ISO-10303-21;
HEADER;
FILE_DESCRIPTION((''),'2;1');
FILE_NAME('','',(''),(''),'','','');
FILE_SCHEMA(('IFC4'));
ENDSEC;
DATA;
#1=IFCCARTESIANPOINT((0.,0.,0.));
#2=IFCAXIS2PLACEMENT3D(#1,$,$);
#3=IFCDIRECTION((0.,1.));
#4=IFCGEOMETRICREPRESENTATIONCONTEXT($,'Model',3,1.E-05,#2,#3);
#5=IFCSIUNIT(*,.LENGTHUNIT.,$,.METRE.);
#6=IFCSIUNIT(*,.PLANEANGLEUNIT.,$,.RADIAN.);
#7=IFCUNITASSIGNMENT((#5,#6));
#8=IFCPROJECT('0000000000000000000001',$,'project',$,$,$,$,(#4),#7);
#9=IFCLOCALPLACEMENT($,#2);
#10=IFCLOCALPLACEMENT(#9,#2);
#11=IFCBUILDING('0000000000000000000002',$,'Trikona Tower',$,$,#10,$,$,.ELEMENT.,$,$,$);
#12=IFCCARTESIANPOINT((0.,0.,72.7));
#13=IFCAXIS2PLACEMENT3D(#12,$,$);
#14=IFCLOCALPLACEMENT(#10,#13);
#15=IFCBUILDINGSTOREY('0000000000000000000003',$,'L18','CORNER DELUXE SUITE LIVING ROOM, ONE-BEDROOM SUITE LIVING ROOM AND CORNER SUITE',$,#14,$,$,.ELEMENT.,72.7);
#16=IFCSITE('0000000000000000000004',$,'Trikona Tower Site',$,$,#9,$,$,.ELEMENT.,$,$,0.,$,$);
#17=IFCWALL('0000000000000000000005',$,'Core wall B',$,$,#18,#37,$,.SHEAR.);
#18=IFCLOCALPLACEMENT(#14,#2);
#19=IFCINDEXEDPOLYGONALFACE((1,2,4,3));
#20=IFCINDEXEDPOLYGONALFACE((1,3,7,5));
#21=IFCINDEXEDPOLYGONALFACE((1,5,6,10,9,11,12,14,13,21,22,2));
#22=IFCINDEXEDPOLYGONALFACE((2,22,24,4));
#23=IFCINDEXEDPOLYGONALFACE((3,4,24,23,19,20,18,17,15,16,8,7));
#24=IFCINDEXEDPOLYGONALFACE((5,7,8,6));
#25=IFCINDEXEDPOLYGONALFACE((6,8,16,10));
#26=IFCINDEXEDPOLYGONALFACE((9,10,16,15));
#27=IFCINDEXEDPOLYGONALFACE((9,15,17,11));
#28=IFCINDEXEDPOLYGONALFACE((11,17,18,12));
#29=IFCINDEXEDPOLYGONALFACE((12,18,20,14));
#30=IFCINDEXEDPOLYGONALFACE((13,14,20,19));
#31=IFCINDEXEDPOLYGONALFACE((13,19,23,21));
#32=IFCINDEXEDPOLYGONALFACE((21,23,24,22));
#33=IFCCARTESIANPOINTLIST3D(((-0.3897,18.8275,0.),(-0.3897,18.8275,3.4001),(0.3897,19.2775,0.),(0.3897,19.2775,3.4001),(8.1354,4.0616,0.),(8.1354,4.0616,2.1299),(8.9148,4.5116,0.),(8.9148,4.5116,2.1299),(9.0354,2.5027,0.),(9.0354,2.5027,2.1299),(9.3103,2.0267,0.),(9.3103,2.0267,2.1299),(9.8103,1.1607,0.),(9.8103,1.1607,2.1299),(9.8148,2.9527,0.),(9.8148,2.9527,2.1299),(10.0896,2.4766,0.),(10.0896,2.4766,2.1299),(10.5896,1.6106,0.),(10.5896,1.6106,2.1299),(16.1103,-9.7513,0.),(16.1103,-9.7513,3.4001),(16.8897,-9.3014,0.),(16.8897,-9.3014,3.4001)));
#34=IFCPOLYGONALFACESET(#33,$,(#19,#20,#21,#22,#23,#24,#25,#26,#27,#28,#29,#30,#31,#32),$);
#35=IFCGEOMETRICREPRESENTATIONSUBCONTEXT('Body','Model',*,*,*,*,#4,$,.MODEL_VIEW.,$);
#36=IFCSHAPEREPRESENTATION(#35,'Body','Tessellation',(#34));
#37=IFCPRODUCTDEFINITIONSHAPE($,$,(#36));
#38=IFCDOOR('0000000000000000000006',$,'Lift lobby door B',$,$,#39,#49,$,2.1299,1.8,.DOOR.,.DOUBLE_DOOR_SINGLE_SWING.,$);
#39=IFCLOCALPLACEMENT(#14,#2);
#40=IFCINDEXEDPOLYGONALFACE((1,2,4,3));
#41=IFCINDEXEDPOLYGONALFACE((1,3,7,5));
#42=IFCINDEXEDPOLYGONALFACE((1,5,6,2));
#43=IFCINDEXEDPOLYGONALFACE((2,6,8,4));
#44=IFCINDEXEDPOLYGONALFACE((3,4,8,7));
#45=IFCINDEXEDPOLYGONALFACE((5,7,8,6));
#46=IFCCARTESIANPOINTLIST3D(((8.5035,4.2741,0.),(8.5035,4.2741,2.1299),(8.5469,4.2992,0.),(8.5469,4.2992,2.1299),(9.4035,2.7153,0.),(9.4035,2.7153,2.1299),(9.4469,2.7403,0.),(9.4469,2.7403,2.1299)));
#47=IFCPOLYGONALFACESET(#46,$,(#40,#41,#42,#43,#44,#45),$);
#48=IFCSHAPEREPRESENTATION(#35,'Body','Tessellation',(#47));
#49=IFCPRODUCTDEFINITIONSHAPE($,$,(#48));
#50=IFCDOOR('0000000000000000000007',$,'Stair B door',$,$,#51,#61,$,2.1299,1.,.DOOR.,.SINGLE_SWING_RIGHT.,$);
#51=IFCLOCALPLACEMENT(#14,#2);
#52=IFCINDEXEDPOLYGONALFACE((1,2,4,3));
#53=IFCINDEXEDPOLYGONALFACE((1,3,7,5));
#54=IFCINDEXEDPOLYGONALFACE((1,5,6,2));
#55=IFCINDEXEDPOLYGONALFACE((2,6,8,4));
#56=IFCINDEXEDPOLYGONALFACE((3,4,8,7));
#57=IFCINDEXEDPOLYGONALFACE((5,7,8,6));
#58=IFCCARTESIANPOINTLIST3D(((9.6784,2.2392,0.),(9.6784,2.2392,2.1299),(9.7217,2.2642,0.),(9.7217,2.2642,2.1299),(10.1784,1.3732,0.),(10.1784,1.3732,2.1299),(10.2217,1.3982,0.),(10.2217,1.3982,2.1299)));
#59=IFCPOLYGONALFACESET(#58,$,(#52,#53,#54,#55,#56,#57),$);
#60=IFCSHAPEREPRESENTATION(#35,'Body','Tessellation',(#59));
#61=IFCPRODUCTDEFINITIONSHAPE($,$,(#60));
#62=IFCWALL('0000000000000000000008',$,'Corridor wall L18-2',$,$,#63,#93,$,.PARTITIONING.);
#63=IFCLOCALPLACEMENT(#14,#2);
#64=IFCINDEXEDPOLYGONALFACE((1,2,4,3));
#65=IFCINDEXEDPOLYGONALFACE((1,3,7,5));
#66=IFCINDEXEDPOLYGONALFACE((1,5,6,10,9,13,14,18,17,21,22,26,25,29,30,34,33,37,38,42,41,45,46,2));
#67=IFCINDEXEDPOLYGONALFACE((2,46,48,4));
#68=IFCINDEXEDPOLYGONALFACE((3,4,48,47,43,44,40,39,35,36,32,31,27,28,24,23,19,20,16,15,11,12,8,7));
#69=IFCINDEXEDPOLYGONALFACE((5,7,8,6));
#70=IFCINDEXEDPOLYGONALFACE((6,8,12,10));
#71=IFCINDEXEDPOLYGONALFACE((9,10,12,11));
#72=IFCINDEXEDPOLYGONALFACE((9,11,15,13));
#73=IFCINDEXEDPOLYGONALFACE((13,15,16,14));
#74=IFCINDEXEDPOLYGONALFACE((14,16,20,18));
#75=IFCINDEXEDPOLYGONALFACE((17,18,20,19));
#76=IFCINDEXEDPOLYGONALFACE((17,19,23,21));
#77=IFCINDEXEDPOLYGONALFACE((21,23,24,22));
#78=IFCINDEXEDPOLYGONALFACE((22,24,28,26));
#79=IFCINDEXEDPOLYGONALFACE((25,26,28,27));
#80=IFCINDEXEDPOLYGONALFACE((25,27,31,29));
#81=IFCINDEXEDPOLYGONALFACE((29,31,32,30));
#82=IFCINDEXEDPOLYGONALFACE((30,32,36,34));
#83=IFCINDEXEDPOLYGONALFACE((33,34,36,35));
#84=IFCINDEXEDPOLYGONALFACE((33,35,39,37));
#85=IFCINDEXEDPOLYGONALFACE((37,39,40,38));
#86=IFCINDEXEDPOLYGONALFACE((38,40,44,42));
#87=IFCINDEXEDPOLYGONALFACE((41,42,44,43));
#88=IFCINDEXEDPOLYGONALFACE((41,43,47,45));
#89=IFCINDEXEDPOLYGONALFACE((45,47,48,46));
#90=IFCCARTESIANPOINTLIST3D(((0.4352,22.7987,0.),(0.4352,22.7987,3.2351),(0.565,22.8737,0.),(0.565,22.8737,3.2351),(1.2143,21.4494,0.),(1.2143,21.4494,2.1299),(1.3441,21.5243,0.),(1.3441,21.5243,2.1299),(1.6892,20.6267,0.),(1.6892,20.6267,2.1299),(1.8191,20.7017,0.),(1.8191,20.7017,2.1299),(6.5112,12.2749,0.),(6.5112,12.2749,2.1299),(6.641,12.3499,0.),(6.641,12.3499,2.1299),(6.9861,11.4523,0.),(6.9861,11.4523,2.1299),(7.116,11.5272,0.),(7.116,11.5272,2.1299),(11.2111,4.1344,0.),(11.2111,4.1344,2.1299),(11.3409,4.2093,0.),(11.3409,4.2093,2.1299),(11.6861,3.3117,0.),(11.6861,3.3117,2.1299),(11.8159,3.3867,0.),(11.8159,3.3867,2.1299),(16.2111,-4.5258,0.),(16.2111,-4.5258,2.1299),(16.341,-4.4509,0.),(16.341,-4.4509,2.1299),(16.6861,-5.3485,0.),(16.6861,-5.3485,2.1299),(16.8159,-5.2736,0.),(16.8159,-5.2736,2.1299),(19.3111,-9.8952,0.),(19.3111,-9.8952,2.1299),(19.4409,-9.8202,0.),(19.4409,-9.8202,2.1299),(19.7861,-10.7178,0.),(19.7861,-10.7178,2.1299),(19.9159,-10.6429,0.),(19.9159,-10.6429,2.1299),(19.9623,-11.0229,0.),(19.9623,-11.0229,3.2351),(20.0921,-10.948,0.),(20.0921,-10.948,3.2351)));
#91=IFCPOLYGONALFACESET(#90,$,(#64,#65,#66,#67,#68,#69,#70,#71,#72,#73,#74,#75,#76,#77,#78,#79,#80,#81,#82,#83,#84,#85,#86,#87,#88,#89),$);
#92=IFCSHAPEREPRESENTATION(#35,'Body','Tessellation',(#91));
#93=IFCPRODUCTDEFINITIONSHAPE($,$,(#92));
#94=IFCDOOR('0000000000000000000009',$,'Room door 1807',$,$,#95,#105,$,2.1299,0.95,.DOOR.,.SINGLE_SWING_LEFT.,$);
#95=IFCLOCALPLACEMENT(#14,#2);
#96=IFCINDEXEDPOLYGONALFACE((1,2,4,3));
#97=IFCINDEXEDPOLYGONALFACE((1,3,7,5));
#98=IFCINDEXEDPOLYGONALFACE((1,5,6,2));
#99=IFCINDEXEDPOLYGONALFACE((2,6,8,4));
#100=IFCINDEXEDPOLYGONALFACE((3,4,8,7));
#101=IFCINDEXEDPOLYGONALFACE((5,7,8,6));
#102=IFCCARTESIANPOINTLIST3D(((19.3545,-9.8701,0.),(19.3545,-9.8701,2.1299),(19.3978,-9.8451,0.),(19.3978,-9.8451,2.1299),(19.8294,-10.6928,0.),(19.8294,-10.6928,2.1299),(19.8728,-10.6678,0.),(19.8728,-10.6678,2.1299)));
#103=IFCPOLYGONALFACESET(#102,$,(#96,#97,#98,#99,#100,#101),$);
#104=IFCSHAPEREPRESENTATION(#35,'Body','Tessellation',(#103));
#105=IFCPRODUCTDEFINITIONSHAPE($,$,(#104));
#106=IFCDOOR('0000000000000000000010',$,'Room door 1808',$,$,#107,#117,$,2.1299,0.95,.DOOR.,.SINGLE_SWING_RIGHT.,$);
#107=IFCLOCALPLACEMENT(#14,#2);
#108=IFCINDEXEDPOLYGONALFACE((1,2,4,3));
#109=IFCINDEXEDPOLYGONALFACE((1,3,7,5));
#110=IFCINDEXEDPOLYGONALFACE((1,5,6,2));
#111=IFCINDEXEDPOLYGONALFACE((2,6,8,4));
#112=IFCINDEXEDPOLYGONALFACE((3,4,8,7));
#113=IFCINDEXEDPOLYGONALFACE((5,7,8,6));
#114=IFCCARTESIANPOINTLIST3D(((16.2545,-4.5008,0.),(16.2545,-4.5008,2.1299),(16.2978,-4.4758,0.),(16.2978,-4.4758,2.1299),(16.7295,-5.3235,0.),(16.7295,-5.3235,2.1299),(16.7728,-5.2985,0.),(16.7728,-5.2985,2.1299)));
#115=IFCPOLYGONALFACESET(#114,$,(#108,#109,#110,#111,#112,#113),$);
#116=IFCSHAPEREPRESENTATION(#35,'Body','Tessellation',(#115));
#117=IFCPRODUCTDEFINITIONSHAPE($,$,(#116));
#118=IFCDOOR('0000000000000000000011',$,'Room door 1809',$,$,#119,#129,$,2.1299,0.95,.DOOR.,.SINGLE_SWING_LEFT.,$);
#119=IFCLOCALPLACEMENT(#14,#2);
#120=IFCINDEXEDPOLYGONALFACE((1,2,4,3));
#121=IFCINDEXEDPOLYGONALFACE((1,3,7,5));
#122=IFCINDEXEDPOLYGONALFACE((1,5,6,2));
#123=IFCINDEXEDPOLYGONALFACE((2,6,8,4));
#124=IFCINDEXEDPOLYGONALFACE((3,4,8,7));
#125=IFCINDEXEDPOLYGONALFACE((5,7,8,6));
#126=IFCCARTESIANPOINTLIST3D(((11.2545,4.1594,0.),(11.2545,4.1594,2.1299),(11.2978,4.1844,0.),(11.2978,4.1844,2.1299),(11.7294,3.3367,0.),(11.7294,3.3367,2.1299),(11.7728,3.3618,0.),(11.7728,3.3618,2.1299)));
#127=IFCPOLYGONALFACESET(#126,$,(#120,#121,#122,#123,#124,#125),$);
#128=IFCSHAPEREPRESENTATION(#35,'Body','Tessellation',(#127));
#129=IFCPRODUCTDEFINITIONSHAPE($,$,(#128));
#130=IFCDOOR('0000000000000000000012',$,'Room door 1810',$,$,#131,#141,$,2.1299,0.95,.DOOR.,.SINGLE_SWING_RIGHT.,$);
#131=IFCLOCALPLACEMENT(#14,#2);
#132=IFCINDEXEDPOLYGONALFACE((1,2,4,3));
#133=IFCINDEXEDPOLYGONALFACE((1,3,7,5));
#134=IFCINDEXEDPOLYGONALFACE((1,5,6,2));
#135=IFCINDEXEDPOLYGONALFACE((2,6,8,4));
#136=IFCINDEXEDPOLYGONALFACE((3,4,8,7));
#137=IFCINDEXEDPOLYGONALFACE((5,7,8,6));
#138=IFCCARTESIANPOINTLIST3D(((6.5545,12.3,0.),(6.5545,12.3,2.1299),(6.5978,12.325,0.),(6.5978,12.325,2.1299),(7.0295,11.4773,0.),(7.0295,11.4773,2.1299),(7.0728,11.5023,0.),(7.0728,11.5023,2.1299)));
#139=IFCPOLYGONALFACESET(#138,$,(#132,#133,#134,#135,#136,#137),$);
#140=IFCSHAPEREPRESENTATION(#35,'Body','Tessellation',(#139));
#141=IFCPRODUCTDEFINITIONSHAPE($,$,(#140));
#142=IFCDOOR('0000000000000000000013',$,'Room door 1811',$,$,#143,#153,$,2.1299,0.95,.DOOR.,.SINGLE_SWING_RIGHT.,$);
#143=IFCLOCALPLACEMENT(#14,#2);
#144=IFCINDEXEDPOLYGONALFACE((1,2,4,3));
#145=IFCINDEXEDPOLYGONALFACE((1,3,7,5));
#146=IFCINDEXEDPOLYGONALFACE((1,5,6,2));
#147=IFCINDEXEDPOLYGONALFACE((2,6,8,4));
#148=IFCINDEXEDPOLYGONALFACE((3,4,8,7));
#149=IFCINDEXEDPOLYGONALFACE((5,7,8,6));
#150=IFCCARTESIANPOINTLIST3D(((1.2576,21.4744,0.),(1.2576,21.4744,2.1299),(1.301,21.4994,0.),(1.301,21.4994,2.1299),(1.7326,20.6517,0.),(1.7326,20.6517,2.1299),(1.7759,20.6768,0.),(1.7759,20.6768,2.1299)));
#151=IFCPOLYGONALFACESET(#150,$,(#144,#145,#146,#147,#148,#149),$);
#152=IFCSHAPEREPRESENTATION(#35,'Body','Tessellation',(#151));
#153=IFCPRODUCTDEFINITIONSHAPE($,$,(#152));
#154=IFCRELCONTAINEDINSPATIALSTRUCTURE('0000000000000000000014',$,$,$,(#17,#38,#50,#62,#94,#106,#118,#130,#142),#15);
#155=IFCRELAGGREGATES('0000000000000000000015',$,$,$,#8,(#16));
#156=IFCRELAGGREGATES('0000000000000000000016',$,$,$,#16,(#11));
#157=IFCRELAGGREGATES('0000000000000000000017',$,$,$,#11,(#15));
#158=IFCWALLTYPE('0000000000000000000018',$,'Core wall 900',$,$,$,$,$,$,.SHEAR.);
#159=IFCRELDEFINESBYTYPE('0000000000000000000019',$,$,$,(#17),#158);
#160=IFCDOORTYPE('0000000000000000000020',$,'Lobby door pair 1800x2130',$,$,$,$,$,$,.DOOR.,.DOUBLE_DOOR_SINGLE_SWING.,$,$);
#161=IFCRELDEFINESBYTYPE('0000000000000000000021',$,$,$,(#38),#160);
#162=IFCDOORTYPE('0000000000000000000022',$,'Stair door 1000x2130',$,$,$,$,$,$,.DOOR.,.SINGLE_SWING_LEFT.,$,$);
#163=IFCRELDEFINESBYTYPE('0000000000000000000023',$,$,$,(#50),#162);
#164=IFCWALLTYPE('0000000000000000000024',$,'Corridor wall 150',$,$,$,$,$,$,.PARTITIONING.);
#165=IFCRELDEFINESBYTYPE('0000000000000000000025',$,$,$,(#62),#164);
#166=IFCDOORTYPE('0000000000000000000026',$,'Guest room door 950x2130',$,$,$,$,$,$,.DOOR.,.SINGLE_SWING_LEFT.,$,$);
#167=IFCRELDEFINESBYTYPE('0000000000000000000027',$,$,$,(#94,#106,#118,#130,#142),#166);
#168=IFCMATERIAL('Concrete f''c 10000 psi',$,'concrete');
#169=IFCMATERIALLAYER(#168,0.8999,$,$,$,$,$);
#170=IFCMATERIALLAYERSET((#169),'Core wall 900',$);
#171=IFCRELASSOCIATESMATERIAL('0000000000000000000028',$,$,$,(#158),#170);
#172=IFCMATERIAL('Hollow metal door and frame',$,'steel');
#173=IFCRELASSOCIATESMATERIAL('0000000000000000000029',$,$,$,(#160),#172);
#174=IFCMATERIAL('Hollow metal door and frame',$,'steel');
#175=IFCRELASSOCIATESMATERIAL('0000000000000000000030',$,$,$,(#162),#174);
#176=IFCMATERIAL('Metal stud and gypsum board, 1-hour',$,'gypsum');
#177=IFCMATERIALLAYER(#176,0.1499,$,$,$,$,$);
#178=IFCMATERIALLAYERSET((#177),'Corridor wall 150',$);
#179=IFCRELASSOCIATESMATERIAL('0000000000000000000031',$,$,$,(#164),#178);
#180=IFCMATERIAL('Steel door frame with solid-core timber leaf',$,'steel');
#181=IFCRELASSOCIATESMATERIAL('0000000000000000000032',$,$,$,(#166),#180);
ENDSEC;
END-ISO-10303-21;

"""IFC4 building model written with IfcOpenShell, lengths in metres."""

from ifc_helpers import new_model, si_unit, direction, frame, frame_2d, origin, place, context, subcontext, project, spatial, rectangle, extrude, material, layer, layer_set, type_object, element, fill, save


model = new_model("IFC4")

# Units and contexts
model_context = context("Model", 3, precision=1e-05, world=origin(), true_north=direction((0.0, 1.0)))
body_context = subcontext(model_context, "Body", "Model", "MODEL_VIEW")
ifc_project = project(units=[si_unit("LENGTHUNIT", "METRE"), si_unit("PLANEANGLEUNIT", "RADIAN")], contexts=[model_context])

# Site, building, storey
site_placement = place(None, origin())
site = spatial("IfcSite", under=ifc_project, at=site_placement, Name="Trikona Tower Site", CompositionType="ELEMENT", RefElevation=0.0)
building_placement = place(site_placement, origin())
building = spatial("IfcBuilding", under=site, at=building_placement, Name="Trikona Tower", CompositionType="ELEMENT")
storey_placement = place(building_placement, frame((0.0, 0.0, 72.7)))
storey = spatial("IfcBuildingStorey", under=building, at=storey_placement, Name="L18", Description="CORNER DELUXE SUITE LIVING ROOM, ONE-BEDROOM SUITE LIVING ROOM AND CORNER SUITE", CompositionType="ELEMENT", Elevation=72.7)

# Walls, openings, doors
ifc_material_1 = material(Name="Concrete f'c 10000 psi", Category="concrete")
ifc_layer_1 = layer(ifc_material_1, 0.8999)
ifc_layer_set_1 = layer_set([ifc_layer_1], Name="Core wall 900")
wall_type_1 = type_object("IfcWallType", Name="Core wall 900", PredefinedType="SHEAR", material=ifc_layer_set_1)
wall_1_placement = place(storey_placement, frame((16.5, -9.5264, 0.0), z_axis=(0.0, 0.0, 1.0), x_axis=(-0.5, 0.866026, 0.0)))
wall_1 = element("IfcWall", 1, at=wall_1_placement, inside=storey, type_object=wall_type_1, Name="Core wall B", PredefinedType="SHEAR", context=body_context, shape_type="SweptSolid", body=[
    extrude(rectangle(XDim=33.0, YDim=0.8999, at=frame_2d((16.5, 0.0))), origin(), (0.0, 0.0, 1.0), 3.4001),
])
opening_1_placement = place(wall_1_placement, frame((14.1499, 0.0, 0.0)))
opening_1 = element("IfcOpeningElement", 2, at=opening_1_placement, cuts=wall_1, PredefinedType="OPENING", context=body_context, shape_type="SweptSolid", body=[
    extrude(rectangle(XDim=1.8, YDim=2.1299, at=frame_2d((0.8999, 1.0649))), frame((0.0, 0.46, 0.0), z_axis=(0.0, -1.0, 0.0), x_axis=(1.0, 0.0, 0.0)), (0.0, 0.0, 1.0), 0.9199),
])
opening_2_placement = place(wall_1_placement, frame((12.6001, 0.0, 0.0)))
opening_2 = element("IfcOpeningElement", 3, at=opening_2_placement, cuts=wall_1, PredefinedType="OPENING", context=body_context, shape_type="SweptSolid", body=[
    extrude(rectangle(XDim=1.0, YDim=2.1299, at=frame_2d((0.5, 1.0649))), frame((0.0, 0.46, 0.0), z_axis=(0.0, -1.0, 0.0), x_axis=(1.0, 0.0, 0.0)), (0.0, 0.0, 1.0), 0.9199),
])
ifc_material_2 = material(Name="Hollow metal door and frame", Category="steel")
door_type_1 = type_object("IfcDoorType", Name="Lobby door pair 1800x2130", OperationType="DOUBLE_DOOR_SINGLE_SWING", PredefinedType="DOOR", material=ifc_material_2)
door_1_placement = place(opening_1_placement, origin())
door_1 = element("IfcDoor", 4, at=door_1_placement, inside=storey, type_object=door_type_1, Name="Lift lobby door B", OperationType="DOUBLE_DOOR_SINGLE_SWING", OverallHeight=2.1299, OverallWidth=1.8, PredefinedType="DOOR", context=body_context, shape_type="SweptSolid", body=[
    extrude(rectangle(XDim=1.8, YDim=2.1299, at=frame_2d((0.8999, 1.0649))), frame((0.0, 0.0249, 0.0), z_axis=(0.0, -1.0, 0.0), x_axis=(1.0, 0.0, 0.0)), (0.0, 0.0, 1.0), 0.05),
])
fill(opening_1, door_1)
ifc_material_3 = material(Name="Hollow metal door and frame", Category="steel")
door_type_2 = type_object("IfcDoorType", Name="Stair door 1000x2130", OperationType="SINGLE_SWING_LEFT", PredefinedType="DOOR", material=ifc_material_3)
door_2_placement = place(opening_2_placement, origin())
door_2 = element("IfcDoor", 5, at=door_2_placement, inside=storey, type_object=door_type_2, Name="Stair B door", OperationType="SINGLE_SWING_RIGHT", OverallHeight=2.1299, OverallWidth=1.0, PredefinedType="DOOR", context=body_context, shape_type="SweptSolid", body=[
    extrude(rectangle(XDim=1.0, YDim=2.1299, at=frame_2d((0.5, 1.0649))), frame((0.0, 0.0249, 0.0), z_axis=(0.0, -1.0, 0.0), x_axis=(1.0, 0.0, 0.0)), (0.0, 0.0, 1.0), 0.05),
])
fill(opening_2, door_2)
ifc_material_4 = material(Name="Metal stud and gypsum board, 1-hour", Category="gypsum")
ifc_layer_2 = layer(ifc_material_4, 0.1499)
ifc_layer_set_2 = layer_set([ifc_layer_2], Name="Corridor wall 150")
wall_type_2 = type_object("IfcWallType", Name="Corridor wall 150", PredefinedType="PARTITIONING", material=ifc_layer_set_2)
wall_2_placement = place(storey_placement, frame((20.0271, -10.9854, 0.0), z_axis=(0.0, 0.0, 1.0), x_axis=(-0.500002, 0.866024, 0.0)))
wall_2 = element("IfcWall", 6, at=wall_2_placement, inside=storey, type_object=wall_type_2, Name="Corridor wall L18-2", PredefinedType="PARTITIONING", context=body_context, shape_type="SweptSolid", body=[
    extrude(rectangle(XDim=39.054, YDim=0.1499, at=frame_2d((19.5269, 0.0))), origin(), (0.0, 0.0, 1.0), 3.2351),
])
opening_3_placement = place(wall_2_placement, frame((0.3521, 0.0, 0.0)))
opening_3 = element("IfcOpeningElement", 7, at=opening_3_placement, cuts=wall_2, PredefinedType="OPENING", context=body_context, shape_type="SweptSolid", body=[
    extrude(rectangle(XDim=0.95, YDim=2.1299, at=frame_2d((0.4751, 1.0649))), frame((0.0, 0.085, 0.0), z_axis=(0.0, -1.0, 0.0), x_axis=(1.0, 0.0, 0.0)), (0.0, 0.0, 1.0), 0.1699),
])
opening_4_placement = place(wall_2_placement, frame((6.552, 0.0, 0.0)))
opening_4 = element("IfcOpeningElement", 8, at=opening_4_placement, cuts=wall_2, PredefinedType="OPENING", context=body_context, shape_type="SweptSolid", body=[
    extrude(rectangle(XDim=0.95, YDim=2.1299, at=frame_2d((0.4751, 1.0649))), frame((0.0, 0.085, 0.0), z_axis=(0.0, -1.0, 0.0), x_axis=(1.0, 0.0, 0.0)), (0.0, 0.0, 1.0), 0.1699),
])
opening_5_placement = place(wall_2_placement, frame((16.552, 0.0, 0.0)))
opening_5 = element("IfcOpeningElement", 9, at=opening_5_placement, cuts=wall_2, PredefinedType="OPENING", context=body_context, shape_type="SweptSolid", body=[
    extrude(rectangle(XDim=0.95, YDim=2.1299, at=frame_2d((0.4751, 1.0649))), frame((0.0, 0.085, 0.0), z_axis=(0.0, -1.0, 0.0), x_axis=(1.0, 0.0, 0.0)), (0.0, 0.0, 1.0), 0.1699),
])
opening_6_placement = place(wall_2_placement, frame((25.9519, 0.0, 0.0)))
opening_6 = element("IfcOpeningElement", 10, at=opening_6_placement, cuts=wall_2, PredefinedType="OPENING", context=body_context, shape_type="SweptSolid", body=[
    extrude(rectangle(XDim=0.95, YDim=2.1299, at=frame_2d((0.4751, 1.0649))), frame((0.0, 0.085, 0.0), z_axis=(0.0, -1.0, 0.0), x_axis=(1.0, 0.0, 0.0)), (0.0, 0.0, 1.0), 0.1699),
])
opening_7_placement = place(wall_2_placement, frame((36.5457, 0.0, 0.0)))
opening_7 = element("IfcOpeningElement", 11, at=opening_7_placement, cuts=wall_2, PredefinedType="OPENING", context=body_context, shape_type="SweptSolid", body=[
    extrude(rectangle(XDim=0.95, YDim=2.1299, at=frame_2d((0.4751, 1.0649))), frame((0.0, 0.085, 0.0), z_axis=(0.0, -1.0, 0.0), x_axis=(1.0, 0.0, 0.0)), (0.0, 0.0, 1.0), 0.1699),
])
ifc_material_5 = material(Name="Steel door frame with solid-core timber leaf", Category="steel")
door_type_3 = type_object("IfcDoorType", Name="Guest room door 950x2130", OperationType="SINGLE_SWING_LEFT", PredefinedType="DOOR", material=ifc_material_5)
door_3_placement = place(opening_3_placement, origin())
door_3 = element("IfcDoor", 12, at=door_3_placement, inside=storey, type_object=door_type_3, Name="Room door 1807", OperationType="SINGLE_SWING_LEFT", OverallHeight=2.1299, OverallWidth=0.95, PredefinedType="DOOR", context=body_context, shape_type="SweptSolid", body=[
    extrude(rectangle(XDim=0.95, YDim=2.1299, at=frame_2d((0.4751, 1.0649))), frame((0.0, 0.0249, 0.0), z_axis=(0.0, -1.0, 0.0), x_axis=(1.0, 0.0, 0.0)), (0.0, 0.0, 1.0), 0.05),
])
fill(opening_3, door_3)
door_4_placement = place(opening_4_placement, origin())
door_4 = element("IfcDoor", 13, at=door_4_placement, inside=storey, type_object=door_type_3, Name="Room door 1808", OperationType="SINGLE_SWING_RIGHT", OverallHeight=2.1299, OverallWidth=0.95, PredefinedType="DOOR", context=body_context, shape_type="SweptSolid", body=[
    extrude(rectangle(XDim=0.95, YDim=2.1299, at=frame_2d((0.4751, 1.0649))), frame((0.0, 0.0249, 0.0), z_axis=(0.0, -1.0, 0.0), x_axis=(1.0, 0.0, 0.0)), (0.0, 0.0, 1.0), 0.05),
])
fill(opening_4, door_4)
door_5_placement = place(opening_5_placement, origin())
door_5 = element("IfcDoor", 14, at=door_5_placement, inside=storey, type_object=door_type_3, Name="Room door 1809", OperationType="SINGLE_SWING_LEFT", OverallHeight=2.1299, OverallWidth=0.95, PredefinedType="DOOR", context=body_context, shape_type="SweptSolid", body=[
    extrude(rectangle(XDim=0.95, YDim=2.1299, at=frame_2d((0.4751, 1.0649))), frame((0.0, 0.0249, 0.0), z_axis=(0.0, -1.0, 0.0), x_axis=(1.0, 0.0, 0.0)), (0.0, 0.0, 1.0), 0.05),
])
fill(opening_5, door_5)
door_6_placement = place(opening_6_placement, origin())
door_6 = element("IfcDoor", 15, at=door_6_placement, inside=storey, type_object=door_type_3, Name="Room door 1810", OperationType="SINGLE_SWING_RIGHT", OverallHeight=2.1299, OverallWidth=0.95, PredefinedType="DOOR", context=body_context, shape_type="SweptSolid", body=[
    extrude(rectangle(XDim=0.95, YDim=2.1299, at=frame_2d((0.4751, 1.0649))), frame((0.0, 0.0249, 0.0), z_axis=(0.0, -1.0, 0.0), x_axis=(1.0, 0.0, 0.0)), (0.0, 0.0, 1.0), 0.05),
])
fill(opening_6, door_6)
door_7_placement = place(opening_7_placement, origin())
door_7 = element("IfcDoor", 16, at=door_7_placement, inside=storey, type_object=door_type_3, Name="Room door 1811", OperationType="SINGLE_SWING_RIGHT", OverallHeight=2.1299, OverallWidth=0.95, PredefinedType="DOOR", context=body_context, shape_type="SweptSolid", body=[
    extrude(rectangle(XDim=0.95, YDim=2.1299, at=frame_2d((0.4751, 1.0649))), frame((0.0, 0.0249, 0.0), z_axis=(0.0, -1.0, 0.0), x_axis=(1.0, 0.0, 0.0)), (0.0, 0.0, 1.0), 0.05),
])
fill(opening_7, door_7)

save(model, "model.ifc")
